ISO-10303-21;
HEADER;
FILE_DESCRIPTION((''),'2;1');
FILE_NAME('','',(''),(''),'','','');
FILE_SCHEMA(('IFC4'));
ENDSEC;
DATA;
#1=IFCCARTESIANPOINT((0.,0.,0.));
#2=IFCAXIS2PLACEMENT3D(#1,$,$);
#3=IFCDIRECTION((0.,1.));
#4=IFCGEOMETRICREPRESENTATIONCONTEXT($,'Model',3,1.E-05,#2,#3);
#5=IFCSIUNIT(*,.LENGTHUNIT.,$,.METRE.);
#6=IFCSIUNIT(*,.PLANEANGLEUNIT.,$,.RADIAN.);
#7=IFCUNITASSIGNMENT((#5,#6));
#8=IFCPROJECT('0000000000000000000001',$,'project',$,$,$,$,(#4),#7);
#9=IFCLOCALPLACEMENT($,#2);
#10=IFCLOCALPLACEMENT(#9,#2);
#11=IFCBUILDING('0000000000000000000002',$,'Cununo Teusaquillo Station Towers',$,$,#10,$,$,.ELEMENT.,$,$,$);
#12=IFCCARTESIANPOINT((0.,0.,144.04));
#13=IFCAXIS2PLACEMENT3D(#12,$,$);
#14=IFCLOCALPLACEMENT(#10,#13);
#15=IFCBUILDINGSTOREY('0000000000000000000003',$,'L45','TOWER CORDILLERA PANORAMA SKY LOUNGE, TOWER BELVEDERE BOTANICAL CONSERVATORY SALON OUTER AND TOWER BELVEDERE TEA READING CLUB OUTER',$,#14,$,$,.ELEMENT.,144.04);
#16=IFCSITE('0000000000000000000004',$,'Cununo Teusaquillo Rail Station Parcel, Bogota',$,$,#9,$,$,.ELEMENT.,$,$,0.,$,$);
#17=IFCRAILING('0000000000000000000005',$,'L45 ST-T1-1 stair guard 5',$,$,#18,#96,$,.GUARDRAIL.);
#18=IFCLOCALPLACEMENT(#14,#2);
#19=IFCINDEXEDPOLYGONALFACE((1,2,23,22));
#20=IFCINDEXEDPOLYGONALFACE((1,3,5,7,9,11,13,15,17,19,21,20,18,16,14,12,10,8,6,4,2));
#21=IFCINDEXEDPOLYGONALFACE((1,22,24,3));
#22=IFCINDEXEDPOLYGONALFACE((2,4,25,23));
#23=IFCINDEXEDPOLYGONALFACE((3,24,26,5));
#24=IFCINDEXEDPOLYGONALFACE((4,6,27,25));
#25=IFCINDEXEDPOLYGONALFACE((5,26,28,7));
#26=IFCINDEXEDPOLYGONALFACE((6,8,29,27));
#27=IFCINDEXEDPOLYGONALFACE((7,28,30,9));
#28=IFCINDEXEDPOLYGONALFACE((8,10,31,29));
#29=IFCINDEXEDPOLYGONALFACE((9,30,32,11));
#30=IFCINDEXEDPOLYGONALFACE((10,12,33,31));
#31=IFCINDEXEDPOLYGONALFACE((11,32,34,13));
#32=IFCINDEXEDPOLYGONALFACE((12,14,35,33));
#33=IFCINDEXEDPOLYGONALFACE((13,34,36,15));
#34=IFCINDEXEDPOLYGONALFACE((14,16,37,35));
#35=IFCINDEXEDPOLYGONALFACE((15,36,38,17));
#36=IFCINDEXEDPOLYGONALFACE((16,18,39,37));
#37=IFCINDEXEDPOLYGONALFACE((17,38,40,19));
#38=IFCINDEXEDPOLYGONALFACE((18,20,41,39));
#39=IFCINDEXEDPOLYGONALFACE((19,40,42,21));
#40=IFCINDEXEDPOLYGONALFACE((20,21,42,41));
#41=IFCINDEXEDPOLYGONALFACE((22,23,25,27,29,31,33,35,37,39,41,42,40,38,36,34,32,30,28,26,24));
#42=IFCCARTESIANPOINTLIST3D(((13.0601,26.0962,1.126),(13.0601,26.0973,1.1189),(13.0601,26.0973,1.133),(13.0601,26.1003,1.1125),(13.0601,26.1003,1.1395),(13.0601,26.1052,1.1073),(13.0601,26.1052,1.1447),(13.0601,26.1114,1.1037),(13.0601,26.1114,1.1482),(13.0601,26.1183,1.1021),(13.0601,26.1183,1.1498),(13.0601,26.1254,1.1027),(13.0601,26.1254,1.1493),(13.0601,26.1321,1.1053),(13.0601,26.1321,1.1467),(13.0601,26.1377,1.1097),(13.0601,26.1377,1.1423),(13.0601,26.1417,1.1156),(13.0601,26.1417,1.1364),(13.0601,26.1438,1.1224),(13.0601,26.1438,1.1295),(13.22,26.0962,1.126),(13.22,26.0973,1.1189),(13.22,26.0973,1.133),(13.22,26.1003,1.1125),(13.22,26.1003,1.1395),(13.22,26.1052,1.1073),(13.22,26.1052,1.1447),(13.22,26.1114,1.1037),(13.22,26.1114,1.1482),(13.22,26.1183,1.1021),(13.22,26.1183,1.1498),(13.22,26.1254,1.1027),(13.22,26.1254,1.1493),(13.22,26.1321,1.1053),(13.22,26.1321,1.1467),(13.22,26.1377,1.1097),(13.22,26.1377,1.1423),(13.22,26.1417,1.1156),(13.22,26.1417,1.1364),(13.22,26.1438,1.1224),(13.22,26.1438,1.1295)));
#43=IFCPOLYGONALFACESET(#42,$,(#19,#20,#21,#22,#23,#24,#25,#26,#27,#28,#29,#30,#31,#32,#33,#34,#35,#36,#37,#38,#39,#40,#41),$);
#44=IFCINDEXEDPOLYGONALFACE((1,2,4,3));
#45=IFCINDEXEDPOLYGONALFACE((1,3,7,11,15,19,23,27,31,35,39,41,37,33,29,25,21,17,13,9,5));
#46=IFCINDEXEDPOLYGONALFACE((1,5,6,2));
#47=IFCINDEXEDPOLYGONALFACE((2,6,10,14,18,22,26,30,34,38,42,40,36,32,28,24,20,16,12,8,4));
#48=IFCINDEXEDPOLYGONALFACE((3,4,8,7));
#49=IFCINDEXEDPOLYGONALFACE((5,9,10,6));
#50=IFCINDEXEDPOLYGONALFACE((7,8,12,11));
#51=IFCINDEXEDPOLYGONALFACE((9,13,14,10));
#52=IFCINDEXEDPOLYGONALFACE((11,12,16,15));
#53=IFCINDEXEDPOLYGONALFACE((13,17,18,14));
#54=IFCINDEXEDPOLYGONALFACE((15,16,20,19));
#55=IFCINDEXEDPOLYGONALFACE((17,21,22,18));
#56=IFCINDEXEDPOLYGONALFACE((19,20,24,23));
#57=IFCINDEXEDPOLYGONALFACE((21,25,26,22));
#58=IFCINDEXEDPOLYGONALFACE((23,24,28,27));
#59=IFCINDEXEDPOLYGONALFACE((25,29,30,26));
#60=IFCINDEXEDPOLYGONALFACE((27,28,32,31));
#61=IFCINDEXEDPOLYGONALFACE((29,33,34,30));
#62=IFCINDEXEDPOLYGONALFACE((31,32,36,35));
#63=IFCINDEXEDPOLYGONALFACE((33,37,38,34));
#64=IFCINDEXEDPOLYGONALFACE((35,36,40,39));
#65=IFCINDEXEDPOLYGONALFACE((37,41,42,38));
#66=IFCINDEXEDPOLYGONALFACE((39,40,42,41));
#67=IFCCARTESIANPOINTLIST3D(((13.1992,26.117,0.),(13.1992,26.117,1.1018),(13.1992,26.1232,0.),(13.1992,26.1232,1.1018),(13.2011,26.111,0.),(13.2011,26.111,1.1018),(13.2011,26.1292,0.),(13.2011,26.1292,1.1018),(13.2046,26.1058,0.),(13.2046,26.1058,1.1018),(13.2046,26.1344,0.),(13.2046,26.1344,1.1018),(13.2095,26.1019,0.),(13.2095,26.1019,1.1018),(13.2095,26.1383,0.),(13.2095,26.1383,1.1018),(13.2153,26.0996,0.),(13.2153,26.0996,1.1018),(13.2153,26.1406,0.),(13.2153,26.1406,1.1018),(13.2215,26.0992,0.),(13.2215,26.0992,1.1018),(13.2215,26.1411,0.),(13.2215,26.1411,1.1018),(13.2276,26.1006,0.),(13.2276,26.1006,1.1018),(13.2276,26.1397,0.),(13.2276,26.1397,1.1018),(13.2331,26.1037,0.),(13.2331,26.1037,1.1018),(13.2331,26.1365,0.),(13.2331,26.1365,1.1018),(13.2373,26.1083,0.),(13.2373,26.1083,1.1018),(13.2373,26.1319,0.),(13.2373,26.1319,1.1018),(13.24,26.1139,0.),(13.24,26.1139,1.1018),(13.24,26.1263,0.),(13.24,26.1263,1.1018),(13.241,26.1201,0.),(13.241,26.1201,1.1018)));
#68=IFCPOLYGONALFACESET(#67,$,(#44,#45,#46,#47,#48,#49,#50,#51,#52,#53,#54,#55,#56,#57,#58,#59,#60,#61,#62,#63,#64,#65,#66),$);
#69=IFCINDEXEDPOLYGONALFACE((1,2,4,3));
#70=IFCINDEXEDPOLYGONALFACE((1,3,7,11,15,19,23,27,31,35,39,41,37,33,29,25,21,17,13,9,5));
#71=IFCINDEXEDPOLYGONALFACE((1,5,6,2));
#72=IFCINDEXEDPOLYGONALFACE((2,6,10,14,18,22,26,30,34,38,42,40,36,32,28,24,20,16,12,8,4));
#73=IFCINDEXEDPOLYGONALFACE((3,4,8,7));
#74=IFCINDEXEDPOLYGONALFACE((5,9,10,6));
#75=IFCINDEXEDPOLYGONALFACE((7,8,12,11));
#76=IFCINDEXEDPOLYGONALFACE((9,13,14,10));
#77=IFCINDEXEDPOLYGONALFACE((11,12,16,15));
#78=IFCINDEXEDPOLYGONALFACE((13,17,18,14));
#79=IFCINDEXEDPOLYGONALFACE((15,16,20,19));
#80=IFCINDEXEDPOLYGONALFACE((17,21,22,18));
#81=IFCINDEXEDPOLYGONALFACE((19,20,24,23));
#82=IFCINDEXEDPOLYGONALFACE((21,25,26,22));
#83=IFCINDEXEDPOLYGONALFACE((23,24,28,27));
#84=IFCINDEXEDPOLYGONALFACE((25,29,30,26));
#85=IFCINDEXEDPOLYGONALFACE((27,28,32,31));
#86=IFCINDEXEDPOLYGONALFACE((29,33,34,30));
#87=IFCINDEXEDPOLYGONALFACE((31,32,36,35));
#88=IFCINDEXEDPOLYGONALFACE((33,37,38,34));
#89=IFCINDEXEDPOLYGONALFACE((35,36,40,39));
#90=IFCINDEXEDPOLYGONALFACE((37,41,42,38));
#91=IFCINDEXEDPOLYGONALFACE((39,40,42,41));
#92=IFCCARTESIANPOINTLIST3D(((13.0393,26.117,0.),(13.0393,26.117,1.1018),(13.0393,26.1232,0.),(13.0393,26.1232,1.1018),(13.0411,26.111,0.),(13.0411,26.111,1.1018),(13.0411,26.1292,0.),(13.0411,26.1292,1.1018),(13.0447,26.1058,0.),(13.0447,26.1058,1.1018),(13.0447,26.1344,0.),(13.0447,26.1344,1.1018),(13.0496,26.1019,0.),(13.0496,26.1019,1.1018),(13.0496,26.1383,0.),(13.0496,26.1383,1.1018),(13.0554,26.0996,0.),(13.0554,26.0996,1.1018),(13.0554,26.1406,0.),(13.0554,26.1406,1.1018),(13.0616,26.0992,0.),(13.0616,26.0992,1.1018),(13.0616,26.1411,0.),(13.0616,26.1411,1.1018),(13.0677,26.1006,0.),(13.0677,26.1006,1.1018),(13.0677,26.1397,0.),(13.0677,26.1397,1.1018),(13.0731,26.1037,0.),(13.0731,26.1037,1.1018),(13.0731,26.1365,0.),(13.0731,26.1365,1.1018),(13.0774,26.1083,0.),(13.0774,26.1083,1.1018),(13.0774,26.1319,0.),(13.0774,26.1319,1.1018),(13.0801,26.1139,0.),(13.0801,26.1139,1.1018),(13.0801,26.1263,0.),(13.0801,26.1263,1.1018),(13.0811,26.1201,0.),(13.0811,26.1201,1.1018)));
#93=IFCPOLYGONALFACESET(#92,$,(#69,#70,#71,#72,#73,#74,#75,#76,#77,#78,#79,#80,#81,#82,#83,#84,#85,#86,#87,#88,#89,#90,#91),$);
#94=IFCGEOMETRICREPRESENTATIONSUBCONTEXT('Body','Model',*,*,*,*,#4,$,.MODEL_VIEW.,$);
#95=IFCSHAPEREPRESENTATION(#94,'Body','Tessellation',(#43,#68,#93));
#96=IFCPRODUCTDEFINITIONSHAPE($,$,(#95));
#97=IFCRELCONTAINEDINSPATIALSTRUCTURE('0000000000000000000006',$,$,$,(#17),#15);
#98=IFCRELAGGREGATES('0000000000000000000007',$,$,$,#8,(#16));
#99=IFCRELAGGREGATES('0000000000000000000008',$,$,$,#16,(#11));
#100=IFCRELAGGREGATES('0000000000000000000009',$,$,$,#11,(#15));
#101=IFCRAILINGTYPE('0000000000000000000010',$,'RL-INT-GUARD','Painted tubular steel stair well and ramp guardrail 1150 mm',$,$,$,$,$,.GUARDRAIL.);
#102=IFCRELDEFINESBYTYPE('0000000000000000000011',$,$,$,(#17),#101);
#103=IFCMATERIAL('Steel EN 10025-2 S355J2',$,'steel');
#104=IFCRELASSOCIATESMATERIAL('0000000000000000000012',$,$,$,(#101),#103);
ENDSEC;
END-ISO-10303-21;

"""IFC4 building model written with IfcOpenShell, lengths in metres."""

from ifc_helpers import new_model, si_unit, direction, frame, origin, origin_2d, place, context, subcontext, project, spatial, circle, extrude, material, type_object, element, save


model = new_model("IFC4")

# Units and contexts
model_context = context("Model", 3, precision=1e-05, world=origin(), true_north=direction((0.0, 1.0)))
body_context = subcontext(model_context, "Body", "Model", "MODEL_VIEW")
ifc_project = project(units=[si_unit("LENGTHUNIT", "METRE"), si_unit("PLANEANGLEUNIT", "RADIAN")], contexts=[model_context])

# Site, building, storey
site_placement = place(None, origin())
site = spatial("IfcSite", under=ifc_project, at=site_placement, Name="Cununo Teusaquillo Rail Station Parcel, Bogota", CompositionType="ELEMENT", RefElevation=0.0)
building_placement = place(site_placement, origin())
building = spatial("IfcBuilding", under=site, at=building_placement, Name="Cununo Teusaquillo Station Towers", CompositionType="ELEMENT")
storey_placement = place(building_placement, frame((0.0, 0.0, 144.04)))
storey = spatial("IfcBuildingStorey", under=building, at=storey_placement, Name="L45", Description="TOWER CORDILLERA PANORAMA SKY LOUNGE, TOWER BELVEDERE BOTANICAL CONSERVATORY SALON OUTER AND TOWER BELVEDERE TEA READING CLUB OUTER", CompositionType="ELEMENT", Elevation=144.04)

# Railing
ifc_material_1 = material(Name="Steel EN 10025-2 S355J2", Category="steel")
railing_type_1 = type_object("IfcRailingType", Name="RL-INT-GUARD", Description="Painted tubular steel stair well and ramp guardrail 1150 mm", PredefinedType="GUARDRAIL", material=ifc_material_1)
railing_1_placement = place(storey_placement, frame((13.22, 26.1201, 0.0)))
element("IfcRailing", 1, at=railing_1_placement, inside=storey, type_object=railing_type_1, Name="L45 ST-T1-1 stair guard 5", PredefinedType="GUARDRAIL", context=body_context, shape_type="SweptSolid", body=[
    extrude(circle(Radius=0.0239, at=origin_2d()), frame((0.0, 0.0, 1.126), z_axis=(-1.0, 0.0, 0.0), x_axis=(0.0, -1.0, 0.0)), (0.0, 0.0, 1.0), 0.1599),
    extrude(circle(Radius=0.021, at=origin_2d()), origin(), (0.0, 0.0, 1.0), 1.1018),
    extrude(circle(Radius=0.021, at=origin_2d()), frame((-0.1599, 0.0, 0.0)), (0.0, 0.0, 1.0), 1.1018),
])

save(model, "model.ifc")
